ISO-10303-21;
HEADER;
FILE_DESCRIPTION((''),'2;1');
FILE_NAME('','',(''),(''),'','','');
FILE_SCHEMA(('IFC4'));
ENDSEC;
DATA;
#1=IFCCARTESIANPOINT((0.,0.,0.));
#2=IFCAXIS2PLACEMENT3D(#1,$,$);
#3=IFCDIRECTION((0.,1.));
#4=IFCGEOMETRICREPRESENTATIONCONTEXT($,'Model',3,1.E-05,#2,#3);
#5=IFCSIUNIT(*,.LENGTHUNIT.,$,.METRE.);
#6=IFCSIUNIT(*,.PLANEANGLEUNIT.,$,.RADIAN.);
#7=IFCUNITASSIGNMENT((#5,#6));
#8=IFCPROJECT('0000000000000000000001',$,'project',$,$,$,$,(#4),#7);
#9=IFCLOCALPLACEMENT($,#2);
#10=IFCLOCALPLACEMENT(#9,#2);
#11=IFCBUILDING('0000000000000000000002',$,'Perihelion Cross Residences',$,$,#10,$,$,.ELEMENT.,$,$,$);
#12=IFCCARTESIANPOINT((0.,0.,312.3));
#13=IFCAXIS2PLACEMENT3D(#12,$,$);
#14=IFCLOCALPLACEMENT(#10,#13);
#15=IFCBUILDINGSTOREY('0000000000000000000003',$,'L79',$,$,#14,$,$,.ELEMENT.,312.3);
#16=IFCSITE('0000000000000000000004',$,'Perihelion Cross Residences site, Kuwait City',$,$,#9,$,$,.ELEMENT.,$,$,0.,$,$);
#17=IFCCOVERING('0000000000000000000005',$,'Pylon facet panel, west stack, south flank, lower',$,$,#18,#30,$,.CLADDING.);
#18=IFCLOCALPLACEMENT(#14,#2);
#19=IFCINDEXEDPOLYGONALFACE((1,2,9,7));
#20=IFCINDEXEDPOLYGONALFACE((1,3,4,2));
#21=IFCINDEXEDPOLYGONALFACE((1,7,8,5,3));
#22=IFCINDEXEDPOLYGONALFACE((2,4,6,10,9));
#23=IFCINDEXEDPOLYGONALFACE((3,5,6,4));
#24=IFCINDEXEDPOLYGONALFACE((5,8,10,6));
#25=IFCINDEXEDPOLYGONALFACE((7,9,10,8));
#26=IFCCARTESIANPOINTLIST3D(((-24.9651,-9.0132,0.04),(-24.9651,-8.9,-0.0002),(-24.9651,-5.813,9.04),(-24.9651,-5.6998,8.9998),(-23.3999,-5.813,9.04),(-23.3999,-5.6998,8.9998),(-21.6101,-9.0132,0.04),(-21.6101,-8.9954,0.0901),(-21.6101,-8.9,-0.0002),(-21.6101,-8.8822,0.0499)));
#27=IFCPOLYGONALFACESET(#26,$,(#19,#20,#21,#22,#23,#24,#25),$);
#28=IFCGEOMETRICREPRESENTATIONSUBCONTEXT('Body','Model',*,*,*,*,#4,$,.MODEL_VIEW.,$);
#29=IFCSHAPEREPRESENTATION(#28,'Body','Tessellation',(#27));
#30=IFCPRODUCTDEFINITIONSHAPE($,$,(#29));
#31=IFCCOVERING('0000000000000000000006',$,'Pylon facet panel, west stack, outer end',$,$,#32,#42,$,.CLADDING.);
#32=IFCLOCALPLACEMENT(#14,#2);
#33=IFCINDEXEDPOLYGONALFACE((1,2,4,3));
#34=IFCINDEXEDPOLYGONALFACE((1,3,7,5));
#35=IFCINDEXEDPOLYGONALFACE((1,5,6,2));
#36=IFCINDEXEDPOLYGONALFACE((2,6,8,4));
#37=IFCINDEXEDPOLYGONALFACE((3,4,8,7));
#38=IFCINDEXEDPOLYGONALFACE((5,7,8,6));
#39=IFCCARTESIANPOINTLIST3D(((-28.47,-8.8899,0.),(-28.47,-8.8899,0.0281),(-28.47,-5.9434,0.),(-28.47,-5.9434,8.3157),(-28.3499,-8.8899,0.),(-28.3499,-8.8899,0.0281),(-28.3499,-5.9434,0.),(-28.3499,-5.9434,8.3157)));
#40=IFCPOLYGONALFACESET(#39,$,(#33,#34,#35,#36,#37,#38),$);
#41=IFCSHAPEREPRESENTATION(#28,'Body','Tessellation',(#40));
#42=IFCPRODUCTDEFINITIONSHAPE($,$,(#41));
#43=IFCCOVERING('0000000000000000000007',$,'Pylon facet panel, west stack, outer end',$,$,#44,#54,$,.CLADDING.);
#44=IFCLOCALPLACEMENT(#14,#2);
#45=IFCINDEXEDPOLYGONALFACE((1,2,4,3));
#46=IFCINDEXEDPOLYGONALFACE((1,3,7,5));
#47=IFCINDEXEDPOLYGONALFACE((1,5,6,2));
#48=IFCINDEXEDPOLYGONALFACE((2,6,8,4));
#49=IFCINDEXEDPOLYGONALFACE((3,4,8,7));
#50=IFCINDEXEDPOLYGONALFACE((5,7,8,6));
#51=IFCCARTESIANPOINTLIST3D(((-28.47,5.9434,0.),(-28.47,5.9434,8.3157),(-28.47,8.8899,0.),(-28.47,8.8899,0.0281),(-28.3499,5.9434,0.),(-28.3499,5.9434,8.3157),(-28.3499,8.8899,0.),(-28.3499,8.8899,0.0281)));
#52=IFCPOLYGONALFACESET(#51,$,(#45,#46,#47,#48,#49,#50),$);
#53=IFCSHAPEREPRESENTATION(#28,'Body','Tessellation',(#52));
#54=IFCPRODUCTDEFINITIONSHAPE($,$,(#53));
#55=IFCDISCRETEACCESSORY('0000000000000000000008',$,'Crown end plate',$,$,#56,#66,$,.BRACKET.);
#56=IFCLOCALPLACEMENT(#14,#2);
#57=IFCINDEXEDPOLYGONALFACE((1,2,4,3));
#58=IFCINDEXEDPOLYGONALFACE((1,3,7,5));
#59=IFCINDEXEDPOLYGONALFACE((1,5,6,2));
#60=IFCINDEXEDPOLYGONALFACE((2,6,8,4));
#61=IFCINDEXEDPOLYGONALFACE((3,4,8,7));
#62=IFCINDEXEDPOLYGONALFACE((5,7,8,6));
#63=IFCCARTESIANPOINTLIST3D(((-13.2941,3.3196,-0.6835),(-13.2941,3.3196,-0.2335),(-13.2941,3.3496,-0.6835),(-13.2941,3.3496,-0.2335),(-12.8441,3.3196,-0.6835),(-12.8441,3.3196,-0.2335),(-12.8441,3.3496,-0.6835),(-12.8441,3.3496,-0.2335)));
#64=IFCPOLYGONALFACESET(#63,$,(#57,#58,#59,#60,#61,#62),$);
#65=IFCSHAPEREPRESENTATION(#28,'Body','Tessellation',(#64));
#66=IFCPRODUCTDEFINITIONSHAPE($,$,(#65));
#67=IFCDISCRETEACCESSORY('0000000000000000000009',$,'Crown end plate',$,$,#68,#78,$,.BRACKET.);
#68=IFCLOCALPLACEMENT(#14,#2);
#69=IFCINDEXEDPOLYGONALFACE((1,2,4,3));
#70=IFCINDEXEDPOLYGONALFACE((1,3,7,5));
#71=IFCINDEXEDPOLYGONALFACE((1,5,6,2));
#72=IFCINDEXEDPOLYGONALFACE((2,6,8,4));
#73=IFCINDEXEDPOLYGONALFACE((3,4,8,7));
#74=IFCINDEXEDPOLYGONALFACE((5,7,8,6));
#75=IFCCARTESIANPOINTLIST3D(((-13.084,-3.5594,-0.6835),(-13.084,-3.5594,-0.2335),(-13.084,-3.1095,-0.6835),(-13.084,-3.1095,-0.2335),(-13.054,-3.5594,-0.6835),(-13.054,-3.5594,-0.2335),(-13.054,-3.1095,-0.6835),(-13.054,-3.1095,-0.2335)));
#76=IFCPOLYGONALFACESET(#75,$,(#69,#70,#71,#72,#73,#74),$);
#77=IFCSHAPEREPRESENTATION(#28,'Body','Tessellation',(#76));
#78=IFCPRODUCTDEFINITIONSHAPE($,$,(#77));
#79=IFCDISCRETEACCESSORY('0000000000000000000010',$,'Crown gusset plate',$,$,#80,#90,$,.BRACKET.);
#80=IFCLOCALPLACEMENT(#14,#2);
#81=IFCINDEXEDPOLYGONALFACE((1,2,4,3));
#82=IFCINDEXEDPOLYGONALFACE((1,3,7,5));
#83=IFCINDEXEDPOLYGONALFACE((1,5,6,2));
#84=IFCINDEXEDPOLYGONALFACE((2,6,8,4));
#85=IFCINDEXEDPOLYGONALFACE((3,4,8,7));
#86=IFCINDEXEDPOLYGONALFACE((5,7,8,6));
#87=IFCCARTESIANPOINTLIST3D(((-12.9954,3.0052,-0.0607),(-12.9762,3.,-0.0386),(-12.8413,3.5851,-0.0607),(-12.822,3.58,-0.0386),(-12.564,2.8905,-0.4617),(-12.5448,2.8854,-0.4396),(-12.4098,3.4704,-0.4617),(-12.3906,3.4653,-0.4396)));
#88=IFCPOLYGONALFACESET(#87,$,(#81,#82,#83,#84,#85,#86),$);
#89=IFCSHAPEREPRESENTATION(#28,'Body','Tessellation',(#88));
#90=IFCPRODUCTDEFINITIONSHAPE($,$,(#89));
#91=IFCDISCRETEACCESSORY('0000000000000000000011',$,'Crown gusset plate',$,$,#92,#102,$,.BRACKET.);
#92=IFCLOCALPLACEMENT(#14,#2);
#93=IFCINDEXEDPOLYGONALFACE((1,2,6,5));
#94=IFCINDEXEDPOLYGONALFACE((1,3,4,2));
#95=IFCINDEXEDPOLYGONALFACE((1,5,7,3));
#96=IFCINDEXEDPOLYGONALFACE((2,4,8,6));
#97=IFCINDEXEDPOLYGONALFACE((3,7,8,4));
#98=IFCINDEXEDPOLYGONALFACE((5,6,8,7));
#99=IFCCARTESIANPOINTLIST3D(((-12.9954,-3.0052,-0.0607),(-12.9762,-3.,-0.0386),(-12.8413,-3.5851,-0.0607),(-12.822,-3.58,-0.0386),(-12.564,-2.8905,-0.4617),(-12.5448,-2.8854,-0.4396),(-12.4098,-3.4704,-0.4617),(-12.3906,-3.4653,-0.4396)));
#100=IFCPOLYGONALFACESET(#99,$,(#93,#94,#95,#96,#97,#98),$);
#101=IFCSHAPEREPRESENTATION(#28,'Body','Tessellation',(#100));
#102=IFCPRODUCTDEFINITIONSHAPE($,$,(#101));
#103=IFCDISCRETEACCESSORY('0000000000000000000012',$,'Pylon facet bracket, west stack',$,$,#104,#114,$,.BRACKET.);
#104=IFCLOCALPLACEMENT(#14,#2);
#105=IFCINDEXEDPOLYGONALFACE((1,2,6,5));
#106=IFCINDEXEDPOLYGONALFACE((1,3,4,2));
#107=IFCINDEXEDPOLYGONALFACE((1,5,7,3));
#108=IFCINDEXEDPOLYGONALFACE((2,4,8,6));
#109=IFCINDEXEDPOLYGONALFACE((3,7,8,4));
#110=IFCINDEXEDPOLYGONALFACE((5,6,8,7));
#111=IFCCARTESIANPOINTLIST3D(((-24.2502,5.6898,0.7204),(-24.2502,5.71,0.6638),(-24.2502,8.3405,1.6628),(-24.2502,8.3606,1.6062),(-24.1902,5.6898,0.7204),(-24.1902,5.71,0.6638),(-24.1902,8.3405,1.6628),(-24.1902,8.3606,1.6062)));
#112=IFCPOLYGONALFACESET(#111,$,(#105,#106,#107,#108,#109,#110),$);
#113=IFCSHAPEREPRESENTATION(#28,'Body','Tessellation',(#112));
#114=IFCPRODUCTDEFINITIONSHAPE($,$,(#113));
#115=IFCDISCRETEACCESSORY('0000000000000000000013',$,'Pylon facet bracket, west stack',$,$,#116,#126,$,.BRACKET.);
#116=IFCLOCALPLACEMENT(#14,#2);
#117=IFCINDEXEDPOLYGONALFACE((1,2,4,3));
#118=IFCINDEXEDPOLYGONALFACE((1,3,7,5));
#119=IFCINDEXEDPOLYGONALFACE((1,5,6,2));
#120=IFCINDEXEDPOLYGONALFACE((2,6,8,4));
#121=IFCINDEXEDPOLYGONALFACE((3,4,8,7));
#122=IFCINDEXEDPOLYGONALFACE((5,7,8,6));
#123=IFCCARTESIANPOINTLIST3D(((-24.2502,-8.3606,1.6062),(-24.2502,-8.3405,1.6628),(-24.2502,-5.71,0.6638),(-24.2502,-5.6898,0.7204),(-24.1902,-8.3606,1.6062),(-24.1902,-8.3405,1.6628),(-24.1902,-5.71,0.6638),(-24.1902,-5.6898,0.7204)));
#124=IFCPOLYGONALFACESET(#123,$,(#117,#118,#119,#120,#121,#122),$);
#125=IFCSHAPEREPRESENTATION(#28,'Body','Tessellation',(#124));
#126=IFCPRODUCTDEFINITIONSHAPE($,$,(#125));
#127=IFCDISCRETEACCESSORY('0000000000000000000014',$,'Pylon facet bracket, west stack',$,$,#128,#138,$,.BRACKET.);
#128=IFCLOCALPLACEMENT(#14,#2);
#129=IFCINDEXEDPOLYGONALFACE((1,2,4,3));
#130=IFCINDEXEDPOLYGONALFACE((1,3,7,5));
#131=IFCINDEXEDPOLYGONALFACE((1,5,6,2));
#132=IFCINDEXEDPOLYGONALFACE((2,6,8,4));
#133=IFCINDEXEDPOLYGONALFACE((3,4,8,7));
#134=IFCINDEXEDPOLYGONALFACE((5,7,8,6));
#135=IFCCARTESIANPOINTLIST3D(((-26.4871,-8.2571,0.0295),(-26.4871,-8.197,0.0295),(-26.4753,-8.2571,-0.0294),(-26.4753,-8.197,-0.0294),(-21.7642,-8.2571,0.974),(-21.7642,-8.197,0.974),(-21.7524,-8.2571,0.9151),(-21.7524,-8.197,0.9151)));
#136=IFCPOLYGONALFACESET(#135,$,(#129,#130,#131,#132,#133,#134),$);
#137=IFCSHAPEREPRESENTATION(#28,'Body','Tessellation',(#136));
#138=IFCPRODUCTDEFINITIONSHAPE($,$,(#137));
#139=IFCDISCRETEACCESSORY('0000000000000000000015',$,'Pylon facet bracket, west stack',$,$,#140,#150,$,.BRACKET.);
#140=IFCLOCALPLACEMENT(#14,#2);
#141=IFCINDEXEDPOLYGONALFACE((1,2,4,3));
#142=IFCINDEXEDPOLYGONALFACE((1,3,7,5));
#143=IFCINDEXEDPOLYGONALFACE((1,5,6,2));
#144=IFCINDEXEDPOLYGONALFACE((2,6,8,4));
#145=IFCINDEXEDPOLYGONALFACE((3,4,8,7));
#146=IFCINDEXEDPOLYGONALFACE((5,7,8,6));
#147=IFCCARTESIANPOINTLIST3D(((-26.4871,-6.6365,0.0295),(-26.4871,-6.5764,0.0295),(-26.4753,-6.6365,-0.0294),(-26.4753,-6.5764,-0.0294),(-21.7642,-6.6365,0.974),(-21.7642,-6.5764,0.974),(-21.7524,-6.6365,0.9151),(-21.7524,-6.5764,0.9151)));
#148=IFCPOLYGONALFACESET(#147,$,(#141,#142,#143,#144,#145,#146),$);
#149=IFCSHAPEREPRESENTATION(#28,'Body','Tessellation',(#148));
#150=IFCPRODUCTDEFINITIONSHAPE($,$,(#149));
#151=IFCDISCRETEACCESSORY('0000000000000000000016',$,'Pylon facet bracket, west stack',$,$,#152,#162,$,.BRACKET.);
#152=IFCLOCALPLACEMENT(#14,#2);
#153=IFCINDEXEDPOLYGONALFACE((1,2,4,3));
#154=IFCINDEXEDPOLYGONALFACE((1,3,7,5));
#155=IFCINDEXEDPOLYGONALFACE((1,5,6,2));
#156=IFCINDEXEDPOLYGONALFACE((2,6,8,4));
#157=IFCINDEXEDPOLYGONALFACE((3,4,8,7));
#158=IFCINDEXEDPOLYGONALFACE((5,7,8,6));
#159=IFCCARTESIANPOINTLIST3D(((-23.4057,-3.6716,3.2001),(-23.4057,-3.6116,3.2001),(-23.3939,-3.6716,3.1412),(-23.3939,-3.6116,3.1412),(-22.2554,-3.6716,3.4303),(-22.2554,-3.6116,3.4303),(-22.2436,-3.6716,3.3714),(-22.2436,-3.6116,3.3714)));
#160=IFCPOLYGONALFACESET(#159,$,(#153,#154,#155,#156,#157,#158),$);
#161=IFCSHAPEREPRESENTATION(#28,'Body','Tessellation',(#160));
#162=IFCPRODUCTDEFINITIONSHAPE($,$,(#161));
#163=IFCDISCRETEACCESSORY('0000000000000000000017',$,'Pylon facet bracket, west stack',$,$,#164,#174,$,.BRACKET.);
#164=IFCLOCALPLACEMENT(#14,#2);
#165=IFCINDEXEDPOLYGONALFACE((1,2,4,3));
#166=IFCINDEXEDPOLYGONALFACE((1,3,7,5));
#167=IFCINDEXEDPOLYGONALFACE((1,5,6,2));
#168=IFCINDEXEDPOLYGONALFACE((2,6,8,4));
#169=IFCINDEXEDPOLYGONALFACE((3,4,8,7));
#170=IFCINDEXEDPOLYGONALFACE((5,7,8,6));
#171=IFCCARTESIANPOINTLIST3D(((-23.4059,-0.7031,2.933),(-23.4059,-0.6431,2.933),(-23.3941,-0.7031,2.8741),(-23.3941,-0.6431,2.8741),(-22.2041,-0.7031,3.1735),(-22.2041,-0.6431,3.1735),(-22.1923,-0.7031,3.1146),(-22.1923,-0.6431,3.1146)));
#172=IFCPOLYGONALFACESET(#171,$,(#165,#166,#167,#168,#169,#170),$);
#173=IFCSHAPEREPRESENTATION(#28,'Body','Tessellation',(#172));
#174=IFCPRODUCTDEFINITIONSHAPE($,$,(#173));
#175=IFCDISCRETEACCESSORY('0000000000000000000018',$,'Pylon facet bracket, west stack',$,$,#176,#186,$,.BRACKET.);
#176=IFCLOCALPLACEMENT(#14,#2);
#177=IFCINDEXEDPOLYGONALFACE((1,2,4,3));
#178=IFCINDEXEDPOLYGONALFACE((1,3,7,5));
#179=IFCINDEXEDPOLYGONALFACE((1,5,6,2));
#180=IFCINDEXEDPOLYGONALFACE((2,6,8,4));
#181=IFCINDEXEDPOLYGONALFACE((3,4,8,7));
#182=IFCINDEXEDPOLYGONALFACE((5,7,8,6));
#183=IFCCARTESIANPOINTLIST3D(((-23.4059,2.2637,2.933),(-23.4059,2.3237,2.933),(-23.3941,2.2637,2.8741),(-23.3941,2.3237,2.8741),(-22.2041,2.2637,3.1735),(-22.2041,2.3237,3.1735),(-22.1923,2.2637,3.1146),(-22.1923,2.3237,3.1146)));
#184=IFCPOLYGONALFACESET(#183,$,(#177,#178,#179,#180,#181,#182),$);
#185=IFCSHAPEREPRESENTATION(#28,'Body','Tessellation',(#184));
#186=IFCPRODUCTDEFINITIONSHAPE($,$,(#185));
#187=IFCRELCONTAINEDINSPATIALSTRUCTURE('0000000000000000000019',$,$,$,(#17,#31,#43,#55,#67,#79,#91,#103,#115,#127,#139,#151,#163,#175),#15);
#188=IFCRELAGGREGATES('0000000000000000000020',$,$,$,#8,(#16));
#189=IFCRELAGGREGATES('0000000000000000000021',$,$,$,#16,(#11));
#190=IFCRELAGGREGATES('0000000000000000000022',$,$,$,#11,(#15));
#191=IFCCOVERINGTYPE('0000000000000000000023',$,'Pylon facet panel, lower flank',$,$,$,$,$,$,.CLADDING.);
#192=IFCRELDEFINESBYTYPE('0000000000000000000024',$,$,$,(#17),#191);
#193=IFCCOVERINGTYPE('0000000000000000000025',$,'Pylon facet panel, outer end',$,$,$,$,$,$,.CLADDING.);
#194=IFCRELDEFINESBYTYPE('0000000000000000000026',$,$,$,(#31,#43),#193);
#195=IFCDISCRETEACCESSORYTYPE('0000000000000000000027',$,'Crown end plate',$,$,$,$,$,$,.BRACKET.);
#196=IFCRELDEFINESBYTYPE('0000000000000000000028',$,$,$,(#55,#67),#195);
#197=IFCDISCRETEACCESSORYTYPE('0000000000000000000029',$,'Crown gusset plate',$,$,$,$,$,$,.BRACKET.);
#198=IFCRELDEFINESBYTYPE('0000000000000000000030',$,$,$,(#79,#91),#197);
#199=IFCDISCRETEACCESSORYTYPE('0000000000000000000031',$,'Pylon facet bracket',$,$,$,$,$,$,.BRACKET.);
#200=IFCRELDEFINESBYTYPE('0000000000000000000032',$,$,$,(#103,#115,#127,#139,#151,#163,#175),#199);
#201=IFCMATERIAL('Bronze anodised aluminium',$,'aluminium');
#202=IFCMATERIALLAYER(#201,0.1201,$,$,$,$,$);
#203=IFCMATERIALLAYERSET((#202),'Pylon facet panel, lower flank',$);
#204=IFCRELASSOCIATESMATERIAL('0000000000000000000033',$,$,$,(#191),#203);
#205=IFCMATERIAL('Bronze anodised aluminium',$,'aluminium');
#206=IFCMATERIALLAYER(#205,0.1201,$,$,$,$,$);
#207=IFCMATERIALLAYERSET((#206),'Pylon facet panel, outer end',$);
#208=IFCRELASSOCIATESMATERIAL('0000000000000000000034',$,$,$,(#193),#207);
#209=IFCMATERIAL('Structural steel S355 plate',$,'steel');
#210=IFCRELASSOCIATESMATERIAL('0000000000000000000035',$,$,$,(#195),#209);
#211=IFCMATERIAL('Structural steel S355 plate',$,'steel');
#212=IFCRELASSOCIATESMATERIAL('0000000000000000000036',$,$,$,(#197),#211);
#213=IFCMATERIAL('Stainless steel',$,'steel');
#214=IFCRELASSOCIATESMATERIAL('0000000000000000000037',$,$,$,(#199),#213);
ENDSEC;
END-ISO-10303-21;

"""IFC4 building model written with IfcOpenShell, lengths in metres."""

from ifc_helpers import new_model, si_unit, direction, frame, origin, origin_2d, place, context, subcontext, project, spatial, polyline, rectangle, outline, extrude, material, layer, layer_set, material_profile, profile_set, type_object, element, save


model = new_model("IFC4")

# Units and contexts
model_context = context("Model", 3, precision=1e-05, world=origin(), true_north=direction((0.0, 1.0)))
body_context = subcontext(model_context, "Body", "Model", "MODEL_VIEW")
ifc_project = project(units=[si_unit("LENGTHUNIT", "METRE"), si_unit("PLANEANGLEUNIT", "RADIAN")], contexts=[model_context])

# Site, building, storey
site_placement = place(None, origin())
site = spatial("IfcSite", under=ifc_project, at=site_placement, Name="Perihelion Cross Residences site, Kuwait City", CompositionType="ELEMENT", RefElevation=0.0)
building_placement = place(site_placement, origin())
building = spatial("IfcBuilding", under=site, at=building_placement, Name="Perihelion Cross Residences", CompositionType="ELEMENT")
storey_placement = place(building_placement, frame((0.0, 0.0, 312.3)))
storey = spatial("IfcBuildingStorey", under=building, at=storey_placement, Name="L79", CompositionType="ELEMENT", Elevation=312.3)

# Coverings
ifc_material_1 = material(Name="Bronze anodised aluminium", Category="aluminium")
ifc_layer_1 = layer(ifc_material_1, 0.1201)
ifc_layer_set_1 = layer_set([ifc_layer_1], Name="Pylon facet panel, lower flank")
covering_type_1 = type_object("IfcCoveringType", Name="Pylon facet panel, lower flank", PredefinedType="CLADDING", material=ifc_layer_set_1)
covering_1_placement = place(storey_placement, frame((-23.3999, -5.813, 9.04), z_axis=(0.000005, -0.942208, 0.335029), x_axis=(-1.0, -0.000005, 0.000002)))
element("IfcCovering", 1, at=covering_1_placement, inside=storey, type_object=covering_type_1, Name="Pylon facet panel, west stack, south flank, lower", PredefinedType="CLADDING", context=body_context, shape_type="SweptSolid", body=[
    extrude(outline(polyline([(0.0, 0.0), (1.5652, 0.0), (1.5652, 9.552), (-1.7898, 9.552), (-1.7898, 9.4989), (0.0, 0.0)])), origin(), (0.0, 0.0, -1.0), 0.1201),
])
ifc_material_2 = material(Name="Bronze anodised aluminium", Category="aluminium")
ifc_layer_2 = layer(ifc_material_2, 0.1201)
ifc_layer_set_2 = layer_set([ifc_layer_2], Name="Pylon facet panel, outer end")
covering_type_2 = type_object("IfcCoveringType", Name="Pylon facet panel, outer end", PredefinedType="CLADDING", material=ifc_layer_set_2)
covering_2_placement = place(storey_placement, frame((-28.47, -5.9434, 8.3157), z_axis=(-1.0, 0.0, 0.0), x_axis=(0.0, 0.0, -1.0)))
element("IfcCovering", 2, at=covering_2_placement, inside=storey, type_object=covering_type_2, Name="Pylon facet panel, west stack, outer end", PredefinedType="CLADDING", context=body_context, shape_type="SweptSolid", body=[
    extrude(outline(polyline([(0.0, 0.0), (8.3157, 0.0), (8.3157, 2.9465), (8.2876, 2.9465), (0.0, 0.0)])), origin(), (0.0, 0.0, -1.0), 0.1201),
])
covering_3_placement = place(storey_placement, frame((-28.47, 5.9434, 0.0), z_axis=(-1.0, 0.0, 0.0), x_axis=(0.0, 0.0, 1.0)))
element("IfcCovering", 3, at=covering_3_placement, inside=storey, type_object=covering_type_2, Name="Pylon facet panel, west stack, outer end", PredefinedType="CLADDING", context=body_context, shape_type="SweptSolid", body=[
    extrude(outline(polyline([(0.0, 0.0), (8.3157, 0.0), (0.0281, 2.9465), (0.0, 2.9465), (0.0, 0.0)])), origin(), (0.0, 0.0, -1.0), 0.1201),
])

# Discrete accessories
ifc_material_3 = material(Name="Structural steel S355 plate", Category="steel")
ifc_material_profile_1 = material_profile(ifc_material_3, rectangle(XDim=0.45, YDim=0.45, at=origin_2d()), Name="Crown end plate")
ifc_profile_set_1 = profile_set([ifc_material_profile_1], Name="Structural steel S355 plate")
discrete_accessory_type_1 = type_object("IfcDiscreteAccessoryType", Name="Crown end plate", PredefinedType="BRACKET", material=ifc_profile_set_1)
for number, where, z_axis, x_axis, name in (
    (4, (-13.0691, 3.3496, -0.4585), (0.0, -1.0, 0.0), (1.0, 0.0, 0.0), "Crown end plate"),
    (5, (-13.084, -3.3345, -0.4585), (1.0, 0.0, 0.0), (0.0, 1.0, 0.0), "Crown end plate"),
):
    element("IfcDiscreteAccessory", number, at=place(storey_placement, frame(where, z_axis=z_axis, x_axis=x_axis)), inside=storey, type_object=discrete_accessory_type_1, Name=name, PredefinedType="BRACKET", context=body_context, shape_type="SweptSolid", body=[
        extrude(rectangle(XDim=0.45, YDim=0.45, at=origin_2d()), origin(), (0.0, 0.0, 1.0), 0.03),
    ])
ifc_material_4 = material(Name="Structural steel S355 plate", Category="steel")
ifc_material_profile_2 = material_profile(ifc_material_4, rectangle(XDim=0.6001, YDim=0.6001, at=origin_2d()), Name="Crown gusset plate")
ifc_profile_set_2 = profile_set([ifc_material_profile_2], Name="Structural steel S355 plate")
discrete_accessory_type_2 = type_object("IfcDiscreteAccessoryType", Name="Crown gusset plate", PredefinedType="BRACKET", material=ifc_profile_set_2)
for number, where, z_axis, x_axis, name in (
    (6, (-12.7026, 3.2378, -0.2612), (0.645829, -0.171676, 0.74393), (0.256901, 0.966438, 0.0), "Crown gusset plate"),
    (7, (-12.7026, -3.2378, -0.2612), (0.645829, 0.171676, 0.74393), (-0.256901, 0.966438, 0.0), "Crown gusset plate"),
):
    element("IfcDiscreteAccessory", number, at=place(storey_placement, frame(where, z_axis=z_axis, x_axis=x_axis)), inside=storey, type_object=discrete_accessory_type_2, Name=name, PredefinedType="BRACKET", context=body_context, shape_type="SweptSolid", body=[
        extrude(rectangle(XDim=0.6001, YDim=0.6001, at=origin_2d()), origin(), (0.0, 0.0, 1.0), 0.0298),
    ])
ifc_material_5 = material(Name="Stainless steel", Category="steel")
ifc_material_profile_3 = material_profile(ifc_material_5, rectangle(XDim=0.0601, YDim=0.0601, at=origin_2d()), Name="Pylon facet bracket")
ifc_profile_set_3 = profile_set([ifc_material_profile_3], Name="Stainless steel")
discrete_accessory_type_3 = type_object("IfcDiscreteAccessoryType", Name="Pylon facet bracket", PredefinedType="BRACKET", material=ifc_profile_set_3)
for number, where, z_axis, x_axis, name in (
    (8, (-24.2202, 8.3506, 1.6345), (0.0, -0.942222, -0.334989), (1.0, 0.0, 0.0), "Pylon facet bracket, west stack"),
    (9, (-24.2202, -8.3506, 1.6345), (0.0, 0.942222, -0.334989), (-1.0, 0.0, 0.0), "Pylon facet bracket, west stack"),
):
    element("IfcDiscreteAccessory", number, at=place(storey_placement, frame(where, z_axis=z_axis, x_axis=x_axis)), inside=storey, type_object=discrete_accessory_type_3, Name=name, PredefinedType="BRACKET", context=body_context, shape_type="SweptSolid", body=[
        extrude(rectangle(XDim=0.0601, YDim=0.0601, at=origin_2d()), origin(), (0.0, 0.0, 1.0), 2.8132),
    ])
for number, where, z_axis, x_axis, name in (
    (10, (-21.7583, -8.2271, 0.9446), (-0.980581, 0.0, -0.196116), (0.0, -1.0, 0.0), "Pylon facet bracket, west stack"),
    (11, (-21.7583, -6.6064, 0.9446), (-0.980581, 0.0, -0.196116), (0.0, -1.0, 0.0), "Pylon facet bracket, west stack"),
):
    element("IfcDiscreteAccessory", number, at=place(storey_placement, frame(where, z_axis=z_axis, x_axis=x_axis)), inside=storey, type_object=discrete_accessory_type_3, Name=name, PredefinedType="BRACKET", context=body_context, shape_type="SweptSolid", body=[
        extrude(rectangle(XDim=0.0601, YDim=0.0601, at=origin_2d()), origin(), (0.0, 0.0, 1.0), 4.8164),
    ])
discrete_accessory_1_placement = place(storey_placement, frame((-22.2495, -3.6416, 3.4009), z_axis=(-0.980557, 0.0, -0.196236), x_axis=(0.0, -1.0, 0.0)))
element("IfcDiscreteAccessory", 12, at=discrete_accessory_1_placement, inside=storey, type_object=discrete_accessory_type_3, Name="Pylon facet bracket, west stack", PredefinedType="BRACKET", context=body_context, shape_type="SweptSolid", body=[
    extrude(rectangle(XDim=0.0601, YDim=0.0601, at=origin_2d()), origin(), (0.0, 0.0, 1.0), 1.1731),
])
for number, where, z_axis, x_axis, name in (
    (13, (-22.1982, -0.6731, 3.144), (-0.980558, 0.0, -0.196231), (0.0, -1.0, 0.0), "Pylon facet bracket, west stack"),
    (14, (-22.1982, 2.2937, 3.144), (-0.980558, 0.0, -0.196231), (0.0, -1.0, 0.0), "Pylon facet bracket, west stack"),
):
    element("IfcDiscreteAccessory", number, at=place(storey_placement, frame(where, z_axis=z_axis, x_axis=x_axis)), inside=storey, type_object=discrete_accessory_type_3, Name=name, PredefinedType="BRACKET", context=body_context, shape_type="SweptSolid", body=[
        extrude(rectangle(XDim=0.0601, YDim=0.0601, at=origin_2d()), origin(), (0.0, 0.0, 1.0), 1.2256),
    ])

save(model, "model.ifc")
